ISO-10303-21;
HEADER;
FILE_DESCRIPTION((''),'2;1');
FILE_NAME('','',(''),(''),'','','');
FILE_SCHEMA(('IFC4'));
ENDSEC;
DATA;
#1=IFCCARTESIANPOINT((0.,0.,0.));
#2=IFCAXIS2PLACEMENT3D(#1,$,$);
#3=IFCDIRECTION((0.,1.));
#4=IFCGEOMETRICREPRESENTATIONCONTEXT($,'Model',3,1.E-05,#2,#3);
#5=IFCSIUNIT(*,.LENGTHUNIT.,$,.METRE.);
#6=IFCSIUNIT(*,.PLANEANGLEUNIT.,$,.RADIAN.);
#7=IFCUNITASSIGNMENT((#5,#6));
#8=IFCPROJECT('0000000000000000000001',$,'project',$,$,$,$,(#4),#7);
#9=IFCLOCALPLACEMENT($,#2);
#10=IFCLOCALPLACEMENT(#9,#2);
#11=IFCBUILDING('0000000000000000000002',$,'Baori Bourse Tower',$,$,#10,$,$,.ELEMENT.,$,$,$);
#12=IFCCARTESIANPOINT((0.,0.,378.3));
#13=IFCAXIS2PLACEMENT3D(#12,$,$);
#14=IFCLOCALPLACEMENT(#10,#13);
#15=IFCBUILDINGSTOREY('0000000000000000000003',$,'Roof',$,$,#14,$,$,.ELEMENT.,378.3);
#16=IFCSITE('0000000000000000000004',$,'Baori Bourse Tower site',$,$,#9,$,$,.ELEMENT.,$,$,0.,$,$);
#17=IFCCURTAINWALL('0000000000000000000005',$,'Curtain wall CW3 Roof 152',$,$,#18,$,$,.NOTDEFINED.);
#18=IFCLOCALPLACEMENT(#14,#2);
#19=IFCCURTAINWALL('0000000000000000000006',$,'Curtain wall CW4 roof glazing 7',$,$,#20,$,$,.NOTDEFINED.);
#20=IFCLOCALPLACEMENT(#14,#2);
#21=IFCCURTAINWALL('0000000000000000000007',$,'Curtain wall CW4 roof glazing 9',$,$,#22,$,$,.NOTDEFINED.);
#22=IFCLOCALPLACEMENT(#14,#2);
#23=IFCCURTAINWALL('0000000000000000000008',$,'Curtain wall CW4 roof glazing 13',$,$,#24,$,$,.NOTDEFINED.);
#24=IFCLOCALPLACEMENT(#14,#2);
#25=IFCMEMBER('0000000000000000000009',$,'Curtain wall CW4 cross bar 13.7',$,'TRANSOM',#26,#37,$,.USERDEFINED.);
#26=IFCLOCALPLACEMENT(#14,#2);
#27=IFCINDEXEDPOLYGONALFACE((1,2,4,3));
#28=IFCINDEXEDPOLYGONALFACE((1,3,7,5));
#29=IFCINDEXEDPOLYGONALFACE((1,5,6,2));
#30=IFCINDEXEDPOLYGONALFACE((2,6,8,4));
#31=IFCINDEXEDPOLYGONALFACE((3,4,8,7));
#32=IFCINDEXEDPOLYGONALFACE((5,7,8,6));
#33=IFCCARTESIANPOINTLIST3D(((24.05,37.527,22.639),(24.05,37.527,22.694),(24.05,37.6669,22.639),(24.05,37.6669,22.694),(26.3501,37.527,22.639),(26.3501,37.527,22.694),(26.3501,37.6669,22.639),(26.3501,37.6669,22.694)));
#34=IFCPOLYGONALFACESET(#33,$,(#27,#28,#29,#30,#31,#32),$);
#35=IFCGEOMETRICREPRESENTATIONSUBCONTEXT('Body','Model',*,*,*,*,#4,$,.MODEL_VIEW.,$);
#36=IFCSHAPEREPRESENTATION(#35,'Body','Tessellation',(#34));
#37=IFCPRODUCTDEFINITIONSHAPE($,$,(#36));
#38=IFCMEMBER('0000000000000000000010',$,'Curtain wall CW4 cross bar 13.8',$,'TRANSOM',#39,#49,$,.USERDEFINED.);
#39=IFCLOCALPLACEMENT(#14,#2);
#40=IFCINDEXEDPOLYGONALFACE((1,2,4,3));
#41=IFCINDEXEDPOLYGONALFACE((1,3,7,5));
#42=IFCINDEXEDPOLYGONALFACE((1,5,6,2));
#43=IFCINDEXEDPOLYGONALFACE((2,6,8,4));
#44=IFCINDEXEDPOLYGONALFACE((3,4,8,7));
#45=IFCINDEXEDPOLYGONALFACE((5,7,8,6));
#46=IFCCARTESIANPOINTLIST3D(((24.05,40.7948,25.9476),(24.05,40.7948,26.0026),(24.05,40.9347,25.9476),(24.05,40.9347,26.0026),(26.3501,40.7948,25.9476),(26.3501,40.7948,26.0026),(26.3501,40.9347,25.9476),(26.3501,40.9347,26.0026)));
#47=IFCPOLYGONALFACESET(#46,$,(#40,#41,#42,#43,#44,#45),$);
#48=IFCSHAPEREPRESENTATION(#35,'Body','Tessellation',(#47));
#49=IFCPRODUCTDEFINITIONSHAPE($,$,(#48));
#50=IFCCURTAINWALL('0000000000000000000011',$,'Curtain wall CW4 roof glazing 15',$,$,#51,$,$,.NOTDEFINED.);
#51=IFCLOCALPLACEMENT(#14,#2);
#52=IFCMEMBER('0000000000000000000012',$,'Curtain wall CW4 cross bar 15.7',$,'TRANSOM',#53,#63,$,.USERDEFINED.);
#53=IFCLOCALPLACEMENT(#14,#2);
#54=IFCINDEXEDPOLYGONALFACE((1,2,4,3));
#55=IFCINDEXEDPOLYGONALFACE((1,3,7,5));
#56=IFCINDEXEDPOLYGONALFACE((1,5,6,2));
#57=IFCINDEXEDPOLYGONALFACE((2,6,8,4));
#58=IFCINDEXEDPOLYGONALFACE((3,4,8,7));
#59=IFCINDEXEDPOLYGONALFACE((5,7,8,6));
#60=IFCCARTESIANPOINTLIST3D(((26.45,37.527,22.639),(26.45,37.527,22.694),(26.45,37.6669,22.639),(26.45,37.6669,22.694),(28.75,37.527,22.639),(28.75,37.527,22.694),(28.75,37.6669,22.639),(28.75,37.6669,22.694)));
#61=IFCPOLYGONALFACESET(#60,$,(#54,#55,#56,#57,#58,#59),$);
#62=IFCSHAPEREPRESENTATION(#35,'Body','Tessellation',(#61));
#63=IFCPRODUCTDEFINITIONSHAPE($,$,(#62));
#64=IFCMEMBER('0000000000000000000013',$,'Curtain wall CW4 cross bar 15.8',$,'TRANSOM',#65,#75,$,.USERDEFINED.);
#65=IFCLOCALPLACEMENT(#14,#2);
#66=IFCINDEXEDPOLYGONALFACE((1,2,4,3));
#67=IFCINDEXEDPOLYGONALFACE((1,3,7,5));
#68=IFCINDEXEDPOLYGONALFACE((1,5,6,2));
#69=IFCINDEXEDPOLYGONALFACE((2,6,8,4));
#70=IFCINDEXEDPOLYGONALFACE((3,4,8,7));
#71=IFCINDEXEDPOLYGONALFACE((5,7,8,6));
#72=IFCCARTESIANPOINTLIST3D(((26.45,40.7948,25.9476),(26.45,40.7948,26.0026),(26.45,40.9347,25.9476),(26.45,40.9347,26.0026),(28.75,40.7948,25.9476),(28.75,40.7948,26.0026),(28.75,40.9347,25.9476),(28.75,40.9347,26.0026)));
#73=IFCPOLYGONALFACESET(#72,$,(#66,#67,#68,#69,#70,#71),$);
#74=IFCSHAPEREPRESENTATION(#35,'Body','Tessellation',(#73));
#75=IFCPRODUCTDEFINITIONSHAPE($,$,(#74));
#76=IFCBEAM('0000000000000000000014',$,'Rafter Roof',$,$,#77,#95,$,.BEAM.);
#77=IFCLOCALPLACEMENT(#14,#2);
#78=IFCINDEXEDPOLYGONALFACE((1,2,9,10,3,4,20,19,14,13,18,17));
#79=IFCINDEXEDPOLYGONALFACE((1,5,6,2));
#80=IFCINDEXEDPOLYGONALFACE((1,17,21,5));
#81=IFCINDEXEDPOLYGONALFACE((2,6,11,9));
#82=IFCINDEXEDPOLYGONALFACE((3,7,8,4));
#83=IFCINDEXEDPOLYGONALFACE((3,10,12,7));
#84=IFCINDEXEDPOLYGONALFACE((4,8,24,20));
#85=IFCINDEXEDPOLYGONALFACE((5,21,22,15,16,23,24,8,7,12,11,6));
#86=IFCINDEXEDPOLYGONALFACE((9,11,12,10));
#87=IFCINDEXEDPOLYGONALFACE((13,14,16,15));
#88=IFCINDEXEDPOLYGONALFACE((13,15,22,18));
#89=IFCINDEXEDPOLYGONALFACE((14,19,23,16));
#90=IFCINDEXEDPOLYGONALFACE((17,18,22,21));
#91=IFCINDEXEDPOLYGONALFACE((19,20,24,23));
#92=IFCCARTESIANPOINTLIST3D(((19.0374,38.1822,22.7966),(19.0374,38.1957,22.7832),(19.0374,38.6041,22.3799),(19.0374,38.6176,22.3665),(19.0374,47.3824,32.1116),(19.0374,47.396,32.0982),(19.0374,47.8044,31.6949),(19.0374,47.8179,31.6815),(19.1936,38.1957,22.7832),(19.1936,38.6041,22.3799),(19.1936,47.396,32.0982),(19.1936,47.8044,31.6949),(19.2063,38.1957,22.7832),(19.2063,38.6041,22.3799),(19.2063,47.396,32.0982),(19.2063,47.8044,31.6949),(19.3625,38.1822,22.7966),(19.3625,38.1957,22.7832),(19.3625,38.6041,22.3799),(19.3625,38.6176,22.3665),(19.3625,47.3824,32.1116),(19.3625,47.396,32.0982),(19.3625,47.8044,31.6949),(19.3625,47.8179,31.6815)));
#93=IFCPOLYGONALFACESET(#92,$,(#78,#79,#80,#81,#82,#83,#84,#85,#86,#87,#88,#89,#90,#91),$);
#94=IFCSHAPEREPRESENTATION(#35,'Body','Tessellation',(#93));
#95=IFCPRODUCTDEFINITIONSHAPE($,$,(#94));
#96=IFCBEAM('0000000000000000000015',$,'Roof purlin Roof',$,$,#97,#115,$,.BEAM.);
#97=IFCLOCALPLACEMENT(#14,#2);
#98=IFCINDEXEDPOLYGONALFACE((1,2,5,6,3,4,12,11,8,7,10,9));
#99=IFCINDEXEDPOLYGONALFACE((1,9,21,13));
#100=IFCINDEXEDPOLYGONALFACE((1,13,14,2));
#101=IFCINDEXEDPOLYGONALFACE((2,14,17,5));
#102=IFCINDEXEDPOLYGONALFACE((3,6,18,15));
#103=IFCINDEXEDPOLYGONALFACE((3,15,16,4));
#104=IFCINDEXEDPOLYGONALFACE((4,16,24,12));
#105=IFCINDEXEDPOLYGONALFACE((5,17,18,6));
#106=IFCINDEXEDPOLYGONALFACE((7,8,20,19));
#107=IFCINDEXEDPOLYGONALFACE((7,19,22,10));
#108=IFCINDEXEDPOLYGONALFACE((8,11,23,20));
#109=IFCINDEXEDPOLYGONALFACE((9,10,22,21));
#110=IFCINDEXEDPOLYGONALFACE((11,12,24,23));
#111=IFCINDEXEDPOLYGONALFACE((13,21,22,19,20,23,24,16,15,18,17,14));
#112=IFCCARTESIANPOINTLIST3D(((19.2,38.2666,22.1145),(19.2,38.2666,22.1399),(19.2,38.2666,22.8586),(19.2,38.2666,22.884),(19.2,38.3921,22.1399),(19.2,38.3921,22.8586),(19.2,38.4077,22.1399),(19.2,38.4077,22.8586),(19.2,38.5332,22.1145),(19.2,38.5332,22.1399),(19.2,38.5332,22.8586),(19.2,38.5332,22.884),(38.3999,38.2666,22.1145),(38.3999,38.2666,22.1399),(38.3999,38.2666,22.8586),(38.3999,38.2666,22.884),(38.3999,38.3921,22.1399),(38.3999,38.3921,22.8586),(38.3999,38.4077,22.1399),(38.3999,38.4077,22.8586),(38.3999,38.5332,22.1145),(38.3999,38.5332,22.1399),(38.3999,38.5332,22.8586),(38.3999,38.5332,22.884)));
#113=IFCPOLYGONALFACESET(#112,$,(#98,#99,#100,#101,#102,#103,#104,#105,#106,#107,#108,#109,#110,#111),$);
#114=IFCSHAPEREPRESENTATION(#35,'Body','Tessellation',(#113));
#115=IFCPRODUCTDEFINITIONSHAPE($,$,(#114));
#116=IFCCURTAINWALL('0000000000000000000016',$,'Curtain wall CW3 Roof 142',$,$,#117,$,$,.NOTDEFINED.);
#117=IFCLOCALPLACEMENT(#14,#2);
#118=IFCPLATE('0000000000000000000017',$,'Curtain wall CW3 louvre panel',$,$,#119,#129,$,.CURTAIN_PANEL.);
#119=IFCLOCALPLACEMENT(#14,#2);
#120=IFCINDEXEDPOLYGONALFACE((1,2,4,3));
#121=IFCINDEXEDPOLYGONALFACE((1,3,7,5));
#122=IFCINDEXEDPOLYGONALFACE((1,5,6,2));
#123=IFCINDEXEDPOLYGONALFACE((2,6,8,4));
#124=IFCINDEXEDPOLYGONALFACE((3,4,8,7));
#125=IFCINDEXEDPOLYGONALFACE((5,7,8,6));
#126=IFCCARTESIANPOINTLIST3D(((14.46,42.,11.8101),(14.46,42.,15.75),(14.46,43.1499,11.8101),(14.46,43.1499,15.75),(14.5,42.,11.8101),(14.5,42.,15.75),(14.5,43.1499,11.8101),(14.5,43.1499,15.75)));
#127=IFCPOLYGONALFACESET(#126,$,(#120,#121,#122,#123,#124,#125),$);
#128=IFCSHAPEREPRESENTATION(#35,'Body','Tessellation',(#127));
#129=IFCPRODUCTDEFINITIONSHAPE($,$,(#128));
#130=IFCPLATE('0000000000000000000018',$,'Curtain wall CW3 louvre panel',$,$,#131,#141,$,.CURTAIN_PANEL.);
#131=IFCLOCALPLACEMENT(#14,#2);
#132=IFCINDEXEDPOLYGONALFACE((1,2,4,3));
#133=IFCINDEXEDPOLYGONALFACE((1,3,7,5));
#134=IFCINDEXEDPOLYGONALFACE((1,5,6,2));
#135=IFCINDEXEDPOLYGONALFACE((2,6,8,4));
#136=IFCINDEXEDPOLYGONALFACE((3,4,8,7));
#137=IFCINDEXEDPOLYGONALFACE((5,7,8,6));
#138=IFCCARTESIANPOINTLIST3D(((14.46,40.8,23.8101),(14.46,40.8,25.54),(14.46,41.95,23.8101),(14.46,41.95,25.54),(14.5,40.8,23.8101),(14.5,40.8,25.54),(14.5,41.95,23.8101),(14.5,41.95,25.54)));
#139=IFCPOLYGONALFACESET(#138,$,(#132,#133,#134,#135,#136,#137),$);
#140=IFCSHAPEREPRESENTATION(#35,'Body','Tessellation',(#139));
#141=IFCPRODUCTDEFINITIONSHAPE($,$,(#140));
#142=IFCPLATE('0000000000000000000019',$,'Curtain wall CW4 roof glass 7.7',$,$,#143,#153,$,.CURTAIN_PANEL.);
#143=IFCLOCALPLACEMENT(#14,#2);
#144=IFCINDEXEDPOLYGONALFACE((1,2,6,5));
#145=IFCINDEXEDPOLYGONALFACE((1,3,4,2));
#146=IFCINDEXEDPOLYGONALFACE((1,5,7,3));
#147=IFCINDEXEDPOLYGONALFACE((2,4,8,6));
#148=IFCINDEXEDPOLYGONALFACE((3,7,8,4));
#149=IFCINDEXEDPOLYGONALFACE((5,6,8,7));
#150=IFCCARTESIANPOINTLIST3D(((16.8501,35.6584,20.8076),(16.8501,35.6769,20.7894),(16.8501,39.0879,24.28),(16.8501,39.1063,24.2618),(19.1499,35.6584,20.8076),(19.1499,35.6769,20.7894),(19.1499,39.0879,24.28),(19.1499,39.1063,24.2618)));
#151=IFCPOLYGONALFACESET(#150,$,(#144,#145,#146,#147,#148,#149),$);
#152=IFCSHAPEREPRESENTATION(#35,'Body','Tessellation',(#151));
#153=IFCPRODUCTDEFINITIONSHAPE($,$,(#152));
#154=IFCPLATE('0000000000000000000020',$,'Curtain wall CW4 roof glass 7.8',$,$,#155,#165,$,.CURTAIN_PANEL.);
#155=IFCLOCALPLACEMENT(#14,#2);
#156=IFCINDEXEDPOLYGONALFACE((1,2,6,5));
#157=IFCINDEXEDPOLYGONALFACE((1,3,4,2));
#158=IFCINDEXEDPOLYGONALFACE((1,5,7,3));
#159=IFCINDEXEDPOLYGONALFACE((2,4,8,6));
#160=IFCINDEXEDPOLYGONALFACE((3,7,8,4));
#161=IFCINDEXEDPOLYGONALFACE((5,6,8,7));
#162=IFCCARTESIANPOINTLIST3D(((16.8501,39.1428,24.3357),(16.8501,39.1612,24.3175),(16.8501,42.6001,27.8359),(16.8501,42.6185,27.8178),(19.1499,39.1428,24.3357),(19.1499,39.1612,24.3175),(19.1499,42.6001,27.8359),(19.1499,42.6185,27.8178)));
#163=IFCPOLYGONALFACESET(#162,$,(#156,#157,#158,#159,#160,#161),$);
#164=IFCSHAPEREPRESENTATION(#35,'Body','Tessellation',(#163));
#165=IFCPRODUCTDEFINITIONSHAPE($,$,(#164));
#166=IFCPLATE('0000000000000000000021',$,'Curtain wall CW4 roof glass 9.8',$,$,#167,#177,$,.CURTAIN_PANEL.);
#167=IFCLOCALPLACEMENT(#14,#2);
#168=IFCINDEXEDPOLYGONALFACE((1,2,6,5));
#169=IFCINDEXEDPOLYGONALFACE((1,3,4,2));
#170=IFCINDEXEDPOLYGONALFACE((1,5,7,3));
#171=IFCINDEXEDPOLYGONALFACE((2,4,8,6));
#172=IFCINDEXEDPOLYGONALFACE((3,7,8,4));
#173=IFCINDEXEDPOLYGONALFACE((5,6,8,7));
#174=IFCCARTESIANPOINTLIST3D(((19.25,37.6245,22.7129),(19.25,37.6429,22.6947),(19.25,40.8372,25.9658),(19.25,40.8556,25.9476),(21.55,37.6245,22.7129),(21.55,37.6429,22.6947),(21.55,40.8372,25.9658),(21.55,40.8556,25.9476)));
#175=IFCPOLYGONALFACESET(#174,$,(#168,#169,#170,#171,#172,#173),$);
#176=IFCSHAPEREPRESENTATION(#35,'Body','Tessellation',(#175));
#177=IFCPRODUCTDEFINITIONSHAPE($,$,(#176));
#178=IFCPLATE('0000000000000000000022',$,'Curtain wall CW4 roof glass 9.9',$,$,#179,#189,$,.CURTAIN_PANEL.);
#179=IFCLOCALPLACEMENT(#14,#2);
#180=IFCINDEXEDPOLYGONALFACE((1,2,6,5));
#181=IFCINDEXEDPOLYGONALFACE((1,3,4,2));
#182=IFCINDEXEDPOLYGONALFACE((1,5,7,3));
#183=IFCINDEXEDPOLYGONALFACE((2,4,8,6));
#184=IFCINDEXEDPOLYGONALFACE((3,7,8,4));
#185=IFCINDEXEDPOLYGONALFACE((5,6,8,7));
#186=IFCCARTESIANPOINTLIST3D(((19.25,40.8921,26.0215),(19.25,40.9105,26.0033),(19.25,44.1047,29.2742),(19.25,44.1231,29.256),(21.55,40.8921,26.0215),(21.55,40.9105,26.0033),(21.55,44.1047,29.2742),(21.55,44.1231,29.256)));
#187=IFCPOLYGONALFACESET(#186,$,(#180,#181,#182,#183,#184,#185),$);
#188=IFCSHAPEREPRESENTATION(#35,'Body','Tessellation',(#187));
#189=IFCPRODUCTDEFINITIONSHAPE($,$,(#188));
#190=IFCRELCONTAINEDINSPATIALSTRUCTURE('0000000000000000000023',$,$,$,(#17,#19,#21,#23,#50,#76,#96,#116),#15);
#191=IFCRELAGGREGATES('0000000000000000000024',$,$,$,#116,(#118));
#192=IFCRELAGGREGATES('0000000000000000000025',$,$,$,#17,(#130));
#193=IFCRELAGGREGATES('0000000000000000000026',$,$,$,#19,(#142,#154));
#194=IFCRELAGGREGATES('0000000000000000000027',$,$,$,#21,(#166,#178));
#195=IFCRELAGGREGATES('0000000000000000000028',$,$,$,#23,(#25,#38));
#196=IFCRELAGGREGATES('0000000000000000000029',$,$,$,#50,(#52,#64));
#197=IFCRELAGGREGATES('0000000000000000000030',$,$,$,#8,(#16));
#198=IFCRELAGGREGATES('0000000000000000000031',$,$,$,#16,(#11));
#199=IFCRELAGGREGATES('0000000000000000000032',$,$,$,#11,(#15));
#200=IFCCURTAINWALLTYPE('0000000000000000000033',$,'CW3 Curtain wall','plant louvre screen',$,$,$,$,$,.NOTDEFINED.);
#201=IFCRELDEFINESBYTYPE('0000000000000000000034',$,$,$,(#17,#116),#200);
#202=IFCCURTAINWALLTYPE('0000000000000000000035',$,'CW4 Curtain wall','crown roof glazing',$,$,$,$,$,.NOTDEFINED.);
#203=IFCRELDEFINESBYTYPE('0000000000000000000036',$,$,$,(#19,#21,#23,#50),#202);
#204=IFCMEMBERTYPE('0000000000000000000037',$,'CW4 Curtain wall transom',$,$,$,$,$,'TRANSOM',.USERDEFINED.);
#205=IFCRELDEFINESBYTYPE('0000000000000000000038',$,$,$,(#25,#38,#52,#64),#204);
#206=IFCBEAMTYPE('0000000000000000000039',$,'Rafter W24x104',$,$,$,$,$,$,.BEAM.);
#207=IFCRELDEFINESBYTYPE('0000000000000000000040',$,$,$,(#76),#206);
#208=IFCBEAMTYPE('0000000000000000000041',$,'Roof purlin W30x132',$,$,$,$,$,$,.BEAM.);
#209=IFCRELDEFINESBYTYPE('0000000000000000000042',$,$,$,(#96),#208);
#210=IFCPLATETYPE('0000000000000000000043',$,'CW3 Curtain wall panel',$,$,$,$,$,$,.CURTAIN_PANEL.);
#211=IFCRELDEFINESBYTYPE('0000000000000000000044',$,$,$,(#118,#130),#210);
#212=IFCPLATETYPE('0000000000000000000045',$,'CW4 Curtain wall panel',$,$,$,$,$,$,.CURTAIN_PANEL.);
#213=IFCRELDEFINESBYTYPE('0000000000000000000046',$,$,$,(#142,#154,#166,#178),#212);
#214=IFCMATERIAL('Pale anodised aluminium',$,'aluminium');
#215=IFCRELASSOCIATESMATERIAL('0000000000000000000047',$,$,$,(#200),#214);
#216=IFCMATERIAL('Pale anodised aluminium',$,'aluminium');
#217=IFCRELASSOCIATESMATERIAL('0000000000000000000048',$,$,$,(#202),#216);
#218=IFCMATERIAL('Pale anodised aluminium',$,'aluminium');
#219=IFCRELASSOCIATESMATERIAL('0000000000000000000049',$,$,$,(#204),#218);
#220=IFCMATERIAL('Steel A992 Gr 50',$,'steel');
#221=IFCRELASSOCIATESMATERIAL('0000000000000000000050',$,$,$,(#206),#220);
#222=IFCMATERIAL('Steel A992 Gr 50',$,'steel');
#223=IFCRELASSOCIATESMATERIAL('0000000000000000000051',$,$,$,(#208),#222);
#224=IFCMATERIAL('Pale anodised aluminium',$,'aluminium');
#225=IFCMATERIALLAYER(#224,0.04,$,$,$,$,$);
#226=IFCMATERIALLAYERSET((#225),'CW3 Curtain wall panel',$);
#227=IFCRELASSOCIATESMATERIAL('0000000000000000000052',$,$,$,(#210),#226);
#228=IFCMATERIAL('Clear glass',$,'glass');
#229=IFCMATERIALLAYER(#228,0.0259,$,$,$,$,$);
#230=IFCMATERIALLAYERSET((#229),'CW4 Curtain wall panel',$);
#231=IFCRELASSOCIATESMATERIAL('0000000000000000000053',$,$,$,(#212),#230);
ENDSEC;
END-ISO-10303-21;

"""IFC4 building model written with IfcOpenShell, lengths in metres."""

from ifc_helpers import new_model, si_unit, direction, frame, origin, origin_2d, place, context, subcontext, project, spatial, polyline, rectangle, i_section, outline, extrude, material, layer, layer_set, material_profile, profile_set, type_object, element, aggregate, save


model = new_model("IFC4")

# Units and contexts
model_context = context("Model", 3, precision=1e-05, world=origin(), true_north=direction((0.0, 1.0)))
body_context = subcontext(model_context, "Body", "Model", "MODEL_VIEW")
ifc_project = project(units=[si_unit("LENGTHUNIT", "METRE"), si_unit("PLANEANGLEUNIT", "RADIAN")], contexts=[model_context])

# Site, building, storey
site_placement = place(None, origin())
site = spatial("IfcSite", under=ifc_project, at=site_placement, Name="Baori Bourse Tower site", CompositionType="ELEMENT", RefElevation=0.0)
building_placement = place(site_placement, origin())
building = spatial("IfcBuilding", under=site, at=building_placement, Name="Baori Bourse Tower", CompositionType="ELEMENT")
storey_placement = place(building_placement, frame((0.0, 0.0, 378.3)))
storey = spatial("IfcBuildingStorey", under=building, at=storey_placement, Name="Roof", CompositionType="ELEMENT", Elevation=378.3)

# Curtain wall
ifc_material_1 = material(Name="Pale anodised aluminium", Category="aluminium")
curtain_wall_type_1 = type_object("IfcCurtainWallType", Name="CW3 Curtain wall", Description="plant louvre screen", PredefinedType="NOTDEFINED", material=ifc_material_1)
curtain_wall_1_placement = place(storey_placement, origin())
curtain_wall_1 = element("IfcCurtainWall", 1, at=curtain_wall_1_placement, inside=storey, type_object=curtain_wall_type_1, Name="Curtain wall CW3 Roof 152", PredefinedType="NOTDEFINED")

# Curtain walls, members
ifc_material_2 = material(Name="Pale anodised aluminium", Category="aluminium")
curtain_wall_type_2 = type_object("IfcCurtainWallType", Name="CW4 Curtain wall", Description="crown roof glazing", PredefinedType="NOTDEFINED", material=ifc_material_2)
curtain_wall_2_placement = place(storey_placement, origin())
curtain_wall_2 = element("IfcCurtainWall", 2, at=curtain_wall_2_placement, inside=storey, type_object=curtain_wall_type_2, Name="Curtain wall CW4 roof glazing 7", PredefinedType="NOTDEFINED")
ifc_material_3 = material(Name="Pale anodised aluminium", Category="aluminium")
ifc_material_profile_1 = material_profile(ifc_material_3, rectangle(XDim=0.1399, YDim=0.0549, at=origin_2d()), Name="Transom 55x140")
ifc_profile_set_1 = profile_set([ifc_material_profile_1], Name="Pale anodised aluminium")
member_type_1 = type_object("IfcMemberType", Name="CW4 Curtain wall transom", ElementType="TRANSOM", PredefinedType="USERDEFINED", material=ifc_profile_set_1)
curtain_wall_3_placement = place(storey_placement, origin())
curtain_wall_3 = element("IfcCurtainWall", 3, at=curtain_wall_3_placement, inside=storey, type_object=curtain_wall_type_2, Name="Curtain wall CW4 roof glazing 9", PredefinedType="NOTDEFINED")
curtain_wall_4_placement = place(storey_placement, origin())
curtain_wall_4 = element("IfcCurtainWall", 4, at=curtain_wall_4_placement, inside=storey, type_object=curtain_wall_type_2, Name="Curtain wall CW4 roof glazing 13", PredefinedType="NOTDEFINED")
member_1_placement = place(storey_placement, frame((24.05, 37.5969, 22.6665), z_axis=(1.0, 0.0, 0.0), x_axis=(0.0, 1.0, 0.0)))
member_1 = element("IfcMember", 5, at=member_1_placement, type_object=member_type_1, Name="Curtain wall CW4 cross bar 13.7", ObjectType="TRANSOM", PredefinedType="USERDEFINED", context=body_context, shape_type="SweptSolid", body=[
    extrude(rectangle(XDim=0.1399, YDim=0.0549, at=origin_2d()), origin(), (0.0, 0.0, 1.0), 2.3),
])
member_2_placement = place(storey_placement, frame((24.05, 40.8647, 25.9751), z_axis=(1.0, 0.0, 0.0), x_axis=(0.0, 1.0, 0.0)))
member_2 = element("IfcMember", 6, at=member_2_placement, type_object=member_type_1, Name="Curtain wall CW4 cross bar 13.8", ObjectType="TRANSOM", PredefinedType="USERDEFINED", context=body_context, shape_type="SweptSolid", body=[
    extrude(rectangle(XDim=0.1399, YDim=0.0549, at=origin_2d()), origin(), (0.0, 0.0, 1.0), 2.3),
])
curtain_wall_5_placement = place(storey_placement, origin())
curtain_wall_5 = element("IfcCurtainWall", 7, at=curtain_wall_5_placement, inside=storey, type_object=curtain_wall_type_2, Name="Curtain wall CW4 roof glazing 15", PredefinedType="NOTDEFINED")
member_3_placement = place(storey_placement, frame((26.45, 37.5969, 22.6665), z_axis=(1.0, 0.0, 0.0), x_axis=(0.0, 1.0, 0.0)))
member_3 = element("IfcMember", 8, at=member_3_placement, type_object=member_type_1, Name="Curtain wall CW4 cross bar 15.7", ObjectType="TRANSOM", PredefinedType="USERDEFINED", context=body_context, shape_type="SweptSolid", body=[
    extrude(rectangle(XDim=0.1399, YDim=0.0549, at=origin_2d()), origin(), (0.0, 0.0, 1.0), 2.3),
])
member_4_placement = place(storey_placement, frame((26.45, 40.8647, 25.9751), z_axis=(1.0, 0.0, 0.0), x_axis=(0.0, 1.0, 0.0)))
member_4 = element("IfcMember", 9, at=member_4_placement, type_object=member_type_1, Name="Curtain wall CW4 cross bar 15.8", ObjectType="TRANSOM", PredefinedType="USERDEFINED", context=body_context, shape_type="SweptSolid", body=[
    extrude(rectangle(XDim=0.1399, YDim=0.0549, at=origin_2d()), origin(), (0.0, 0.0, 1.0), 2.3),
])

# Beams
ifc_material_4 = material(Name="Steel A992 Gr 50", Category="steel")
ifc_material_profile_2 = material_profile(ifc_material_4, i_section(OverallWidth=0.3252, OverallDepth=0.6121, WebThickness=0.0127, FlangeThickness=0.019, at=origin_2d()), Name="W24x104")
ifc_profile_set_2 = profile_set([ifc_material_profile_2], Name="Steel A992 Gr 50")
beam_type_1 = type_object("IfcBeamType", Name="Rafter W24x104", PredefinedType="BEAM", material=ifc_profile_set_2)
beam_1_placement = place(storey_placement, frame((19.2, 38.3999, 22.5815), z_axis=(0.0, 0.702711, 0.711475), x_axis=(-1.0, 0.0, 0.0)))
element("IfcBeam", 10, at=beam_1_placement, inside=storey, type_object=beam_type_1, Name="Rafter Roof", PredefinedType="BEAM", context=body_context, shape_type="SweptSolid", body=[
    extrude(i_section(OverallWidth=0.3252, OverallDepth=0.6121, WebThickness=0.0127, FlangeThickness=0.019, at=origin_2d()), origin(), (0.0, 0.0, 1.0), 13.0925),
])
ifc_material_5 = material(Name="Steel A992 Gr 50", Category="steel")
ifc_material_profile_3 = material_profile(ifc_material_5, i_section(OverallWidth=0.2666, OverallDepth=0.7695, WebThickness=0.0156, FlangeThickness=0.0254, at=origin_2d()), Name="W30x132")
ifc_profile_set_3 = profile_set([ifc_material_profile_3], Name="Steel A992 Gr 50")
beam_type_2 = type_object("IfcBeamType", Name="Roof purlin W30x132", PredefinedType="BEAM", material=ifc_profile_set_3)
beam_2_placement = place(storey_placement, frame((19.2, 38.3999, 22.4993), z_axis=(1.0, 0.0, 0.0), x_axis=(0.0, 1.0, 0.0)))
element("IfcBeam", 11, at=beam_2_placement, inside=storey, type_object=beam_type_2, Name="Roof purlin Roof", PredefinedType="BEAM", context=body_context, shape_type="SweptSolid", body=[
    extrude(i_section(OverallWidth=0.2666, OverallDepth=0.7695, WebThickness=0.0156, FlangeThickness=0.0254, at=origin_2d()), origin(), (0.0, 0.0, 1.0), 19.2),
])

# Curtain wall, plate
curtain_wall_6_placement = place(storey_placement, origin())
curtain_wall_6 = element("IfcCurtainWall", 12, at=curtain_wall_6_placement, inside=storey, type_object=curtain_wall_type_1, Name="Curtain wall CW3 Roof 142", PredefinedType="NOTDEFINED")
ifc_material_6 = material(Name="Pale anodised aluminium", Category="aluminium")
ifc_layer_1 = layer(ifc_material_6, 0.04)
ifc_layer_set_1 = layer_set([ifc_layer_1], Name="CW3 Curtain wall panel")
plate_type_1 = type_object("IfcPlateType", Name="CW3 Curtain wall panel", PredefinedType="CURTAIN_PANEL", material=ifc_layer_set_1)
plate_1_placement = place(storey_placement, frame((14.48, 42.575, 11.8101), z_axis=(0.0, 0.0, 1.0), x_axis=(0.0, -1.0, 0.0)))
plate_1 = element("IfcPlate", 13, at=plate_1_placement, type_object=plate_type_1, Name="Curtain wall CW3 louvre panel", PredefinedType="CURTAIN_PANEL", context=body_context, shape_type="SweptSolid", body=[
    extrude(rectangle(XDim=1.1499, YDim=0.04, at=origin_2d()), origin(), (0.0, 0.0, 1.0), 3.9399),
])
aggregate(curtain_wall_6, [plate_1])

# Plates
plate_2_placement = place(storey_placement, frame((14.48, 41.375, 23.8101), z_axis=(0.0, 0.0, 1.0), x_axis=(0.0, -1.0, 0.0)))
plate_2 = element("IfcPlate", 14, at=plate_2_placement, type_object=plate_type_1, Name="Curtain wall CW3 louvre panel", PredefinedType="CURTAIN_PANEL", context=body_context, shape_type="SweptSolid", body=[
    extrude(rectangle(XDim=1.1499, YDim=0.04, at=origin_2d()), origin(), (0.0, 0.0, 1.0), 1.73),
])
aggregate(curtain_wall_1, [plate_2])
ifc_material_7 = material(Name="Clear glass", Category="glass")
ifc_layer_2 = layer(ifc_material_7, 0.0259)
ifc_layer_set_2 = layer_set([ifc_layer_2], Name="CW4 Curtain wall panel")
plate_type_2 = type_object("IfcPlateType", Name="CW4 Curtain wall panel", PredefinedType="CURTAIN_PANEL", material=ifc_layer_set_2)
plate_3_placement = place(storey_placement, frame((16.8501, 35.6584, 20.8076), z_axis=(0.0, -0.711495, 0.702691), x_axis=(1.0, 0.0, 0.0)))
plate_3 = element("IfcPlate", 15, at=plate_3_placement, type_object=plate_type_2, Name="Curtain wall CW4 roof glass 7.7", PredefinedType="CURTAIN_PANEL", context=body_context, shape_type="SweptSolid", body=[
    extrude(outline(polyline([(0.0, 0.0), (2.2998, 0.0), (2.2998, 4.8804), (0.0, 4.8804), (0.0, 0.0)])), origin(), (0.0, 0.0, -1.0), 0.0259),
])
plate_4_placement = place(storey_placement, frame((16.8501, 39.1428, 24.3357), z_axis=(0.0, -0.71146, 0.702726), x_axis=(1.0, 0.0, 0.0)))
plate_4 = element("IfcPlate", 16, at=plate_4_placement, type_object=plate_type_2, Name="Curtain wall CW4 roof glass 7.8", PredefinedType="CURTAIN_PANEL", context=body_context, shape_type="SweptSolid", body=[
    extrude(outline(polyline([(0.0, 0.0), (2.2998, 0.0), (2.2998, 4.9198), (0.0, 4.9198), (0.0, 0.0)])), origin(), (0.0, 0.0, -1.0), 0.0259),
])
aggregate(curtain_wall_2, [plate_3, plate_4])
plate_5_placement = place(storey_placement, frame((19.25, 37.6245, 22.7129), z_axis=(0.0, -0.711499, 0.702688), x_axis=(1.0, 0.0, 0.0)))
plate_5 = element("IfcPlate", 17, at=plate_5_placement, type_object=plate_type_2, Name="Curtain wall CW4 roof glass 9.8", PredefinedType="CURTAIN_PANEL", context=body_context, shape_type="SweptSolid", body=[
    extrude(outline(polyline([(0.0, 0.0), (2.3, 0.0), (2.3, 4.5719), (0.0, 4.5719), (0.0, 0.0)])), origin(), (0.0, 0.0, -1.0), 0.0259),
])
plate_6_placement = place(storey_placement, frame((19.25, 40.8921, 26.0215), z_axis=(0.0, -0.711472, 0.702714), x_axis=(1.0, 0.0, 0.0)))
plate_6 = element("IfcPlate", 18, at=plate_6_placement, type_object=plate_type_2, Name="Curtain wall CW4 roof glass 9.9", PredefinedType="CURTAIN_PANEL", context=body_context, shape_type="SweptSolid", body=[
    extrude(outline(polyline([(0.0, 0.0), (2.3, 0.0), (2.3, 4.5718), (0.0, 4.5718), (0.0, 0.0)])), origin(), (0.0, 0.0, -1.0), 0.0259),
])
aggregate(curtain_wall_3, [plate_5, plate_6])
aggregate(curtain_wall_4, [member_1, member_2])
aggregate(curtain_wall_5, [member_3, member_4])

save(model, "model.ifc")
